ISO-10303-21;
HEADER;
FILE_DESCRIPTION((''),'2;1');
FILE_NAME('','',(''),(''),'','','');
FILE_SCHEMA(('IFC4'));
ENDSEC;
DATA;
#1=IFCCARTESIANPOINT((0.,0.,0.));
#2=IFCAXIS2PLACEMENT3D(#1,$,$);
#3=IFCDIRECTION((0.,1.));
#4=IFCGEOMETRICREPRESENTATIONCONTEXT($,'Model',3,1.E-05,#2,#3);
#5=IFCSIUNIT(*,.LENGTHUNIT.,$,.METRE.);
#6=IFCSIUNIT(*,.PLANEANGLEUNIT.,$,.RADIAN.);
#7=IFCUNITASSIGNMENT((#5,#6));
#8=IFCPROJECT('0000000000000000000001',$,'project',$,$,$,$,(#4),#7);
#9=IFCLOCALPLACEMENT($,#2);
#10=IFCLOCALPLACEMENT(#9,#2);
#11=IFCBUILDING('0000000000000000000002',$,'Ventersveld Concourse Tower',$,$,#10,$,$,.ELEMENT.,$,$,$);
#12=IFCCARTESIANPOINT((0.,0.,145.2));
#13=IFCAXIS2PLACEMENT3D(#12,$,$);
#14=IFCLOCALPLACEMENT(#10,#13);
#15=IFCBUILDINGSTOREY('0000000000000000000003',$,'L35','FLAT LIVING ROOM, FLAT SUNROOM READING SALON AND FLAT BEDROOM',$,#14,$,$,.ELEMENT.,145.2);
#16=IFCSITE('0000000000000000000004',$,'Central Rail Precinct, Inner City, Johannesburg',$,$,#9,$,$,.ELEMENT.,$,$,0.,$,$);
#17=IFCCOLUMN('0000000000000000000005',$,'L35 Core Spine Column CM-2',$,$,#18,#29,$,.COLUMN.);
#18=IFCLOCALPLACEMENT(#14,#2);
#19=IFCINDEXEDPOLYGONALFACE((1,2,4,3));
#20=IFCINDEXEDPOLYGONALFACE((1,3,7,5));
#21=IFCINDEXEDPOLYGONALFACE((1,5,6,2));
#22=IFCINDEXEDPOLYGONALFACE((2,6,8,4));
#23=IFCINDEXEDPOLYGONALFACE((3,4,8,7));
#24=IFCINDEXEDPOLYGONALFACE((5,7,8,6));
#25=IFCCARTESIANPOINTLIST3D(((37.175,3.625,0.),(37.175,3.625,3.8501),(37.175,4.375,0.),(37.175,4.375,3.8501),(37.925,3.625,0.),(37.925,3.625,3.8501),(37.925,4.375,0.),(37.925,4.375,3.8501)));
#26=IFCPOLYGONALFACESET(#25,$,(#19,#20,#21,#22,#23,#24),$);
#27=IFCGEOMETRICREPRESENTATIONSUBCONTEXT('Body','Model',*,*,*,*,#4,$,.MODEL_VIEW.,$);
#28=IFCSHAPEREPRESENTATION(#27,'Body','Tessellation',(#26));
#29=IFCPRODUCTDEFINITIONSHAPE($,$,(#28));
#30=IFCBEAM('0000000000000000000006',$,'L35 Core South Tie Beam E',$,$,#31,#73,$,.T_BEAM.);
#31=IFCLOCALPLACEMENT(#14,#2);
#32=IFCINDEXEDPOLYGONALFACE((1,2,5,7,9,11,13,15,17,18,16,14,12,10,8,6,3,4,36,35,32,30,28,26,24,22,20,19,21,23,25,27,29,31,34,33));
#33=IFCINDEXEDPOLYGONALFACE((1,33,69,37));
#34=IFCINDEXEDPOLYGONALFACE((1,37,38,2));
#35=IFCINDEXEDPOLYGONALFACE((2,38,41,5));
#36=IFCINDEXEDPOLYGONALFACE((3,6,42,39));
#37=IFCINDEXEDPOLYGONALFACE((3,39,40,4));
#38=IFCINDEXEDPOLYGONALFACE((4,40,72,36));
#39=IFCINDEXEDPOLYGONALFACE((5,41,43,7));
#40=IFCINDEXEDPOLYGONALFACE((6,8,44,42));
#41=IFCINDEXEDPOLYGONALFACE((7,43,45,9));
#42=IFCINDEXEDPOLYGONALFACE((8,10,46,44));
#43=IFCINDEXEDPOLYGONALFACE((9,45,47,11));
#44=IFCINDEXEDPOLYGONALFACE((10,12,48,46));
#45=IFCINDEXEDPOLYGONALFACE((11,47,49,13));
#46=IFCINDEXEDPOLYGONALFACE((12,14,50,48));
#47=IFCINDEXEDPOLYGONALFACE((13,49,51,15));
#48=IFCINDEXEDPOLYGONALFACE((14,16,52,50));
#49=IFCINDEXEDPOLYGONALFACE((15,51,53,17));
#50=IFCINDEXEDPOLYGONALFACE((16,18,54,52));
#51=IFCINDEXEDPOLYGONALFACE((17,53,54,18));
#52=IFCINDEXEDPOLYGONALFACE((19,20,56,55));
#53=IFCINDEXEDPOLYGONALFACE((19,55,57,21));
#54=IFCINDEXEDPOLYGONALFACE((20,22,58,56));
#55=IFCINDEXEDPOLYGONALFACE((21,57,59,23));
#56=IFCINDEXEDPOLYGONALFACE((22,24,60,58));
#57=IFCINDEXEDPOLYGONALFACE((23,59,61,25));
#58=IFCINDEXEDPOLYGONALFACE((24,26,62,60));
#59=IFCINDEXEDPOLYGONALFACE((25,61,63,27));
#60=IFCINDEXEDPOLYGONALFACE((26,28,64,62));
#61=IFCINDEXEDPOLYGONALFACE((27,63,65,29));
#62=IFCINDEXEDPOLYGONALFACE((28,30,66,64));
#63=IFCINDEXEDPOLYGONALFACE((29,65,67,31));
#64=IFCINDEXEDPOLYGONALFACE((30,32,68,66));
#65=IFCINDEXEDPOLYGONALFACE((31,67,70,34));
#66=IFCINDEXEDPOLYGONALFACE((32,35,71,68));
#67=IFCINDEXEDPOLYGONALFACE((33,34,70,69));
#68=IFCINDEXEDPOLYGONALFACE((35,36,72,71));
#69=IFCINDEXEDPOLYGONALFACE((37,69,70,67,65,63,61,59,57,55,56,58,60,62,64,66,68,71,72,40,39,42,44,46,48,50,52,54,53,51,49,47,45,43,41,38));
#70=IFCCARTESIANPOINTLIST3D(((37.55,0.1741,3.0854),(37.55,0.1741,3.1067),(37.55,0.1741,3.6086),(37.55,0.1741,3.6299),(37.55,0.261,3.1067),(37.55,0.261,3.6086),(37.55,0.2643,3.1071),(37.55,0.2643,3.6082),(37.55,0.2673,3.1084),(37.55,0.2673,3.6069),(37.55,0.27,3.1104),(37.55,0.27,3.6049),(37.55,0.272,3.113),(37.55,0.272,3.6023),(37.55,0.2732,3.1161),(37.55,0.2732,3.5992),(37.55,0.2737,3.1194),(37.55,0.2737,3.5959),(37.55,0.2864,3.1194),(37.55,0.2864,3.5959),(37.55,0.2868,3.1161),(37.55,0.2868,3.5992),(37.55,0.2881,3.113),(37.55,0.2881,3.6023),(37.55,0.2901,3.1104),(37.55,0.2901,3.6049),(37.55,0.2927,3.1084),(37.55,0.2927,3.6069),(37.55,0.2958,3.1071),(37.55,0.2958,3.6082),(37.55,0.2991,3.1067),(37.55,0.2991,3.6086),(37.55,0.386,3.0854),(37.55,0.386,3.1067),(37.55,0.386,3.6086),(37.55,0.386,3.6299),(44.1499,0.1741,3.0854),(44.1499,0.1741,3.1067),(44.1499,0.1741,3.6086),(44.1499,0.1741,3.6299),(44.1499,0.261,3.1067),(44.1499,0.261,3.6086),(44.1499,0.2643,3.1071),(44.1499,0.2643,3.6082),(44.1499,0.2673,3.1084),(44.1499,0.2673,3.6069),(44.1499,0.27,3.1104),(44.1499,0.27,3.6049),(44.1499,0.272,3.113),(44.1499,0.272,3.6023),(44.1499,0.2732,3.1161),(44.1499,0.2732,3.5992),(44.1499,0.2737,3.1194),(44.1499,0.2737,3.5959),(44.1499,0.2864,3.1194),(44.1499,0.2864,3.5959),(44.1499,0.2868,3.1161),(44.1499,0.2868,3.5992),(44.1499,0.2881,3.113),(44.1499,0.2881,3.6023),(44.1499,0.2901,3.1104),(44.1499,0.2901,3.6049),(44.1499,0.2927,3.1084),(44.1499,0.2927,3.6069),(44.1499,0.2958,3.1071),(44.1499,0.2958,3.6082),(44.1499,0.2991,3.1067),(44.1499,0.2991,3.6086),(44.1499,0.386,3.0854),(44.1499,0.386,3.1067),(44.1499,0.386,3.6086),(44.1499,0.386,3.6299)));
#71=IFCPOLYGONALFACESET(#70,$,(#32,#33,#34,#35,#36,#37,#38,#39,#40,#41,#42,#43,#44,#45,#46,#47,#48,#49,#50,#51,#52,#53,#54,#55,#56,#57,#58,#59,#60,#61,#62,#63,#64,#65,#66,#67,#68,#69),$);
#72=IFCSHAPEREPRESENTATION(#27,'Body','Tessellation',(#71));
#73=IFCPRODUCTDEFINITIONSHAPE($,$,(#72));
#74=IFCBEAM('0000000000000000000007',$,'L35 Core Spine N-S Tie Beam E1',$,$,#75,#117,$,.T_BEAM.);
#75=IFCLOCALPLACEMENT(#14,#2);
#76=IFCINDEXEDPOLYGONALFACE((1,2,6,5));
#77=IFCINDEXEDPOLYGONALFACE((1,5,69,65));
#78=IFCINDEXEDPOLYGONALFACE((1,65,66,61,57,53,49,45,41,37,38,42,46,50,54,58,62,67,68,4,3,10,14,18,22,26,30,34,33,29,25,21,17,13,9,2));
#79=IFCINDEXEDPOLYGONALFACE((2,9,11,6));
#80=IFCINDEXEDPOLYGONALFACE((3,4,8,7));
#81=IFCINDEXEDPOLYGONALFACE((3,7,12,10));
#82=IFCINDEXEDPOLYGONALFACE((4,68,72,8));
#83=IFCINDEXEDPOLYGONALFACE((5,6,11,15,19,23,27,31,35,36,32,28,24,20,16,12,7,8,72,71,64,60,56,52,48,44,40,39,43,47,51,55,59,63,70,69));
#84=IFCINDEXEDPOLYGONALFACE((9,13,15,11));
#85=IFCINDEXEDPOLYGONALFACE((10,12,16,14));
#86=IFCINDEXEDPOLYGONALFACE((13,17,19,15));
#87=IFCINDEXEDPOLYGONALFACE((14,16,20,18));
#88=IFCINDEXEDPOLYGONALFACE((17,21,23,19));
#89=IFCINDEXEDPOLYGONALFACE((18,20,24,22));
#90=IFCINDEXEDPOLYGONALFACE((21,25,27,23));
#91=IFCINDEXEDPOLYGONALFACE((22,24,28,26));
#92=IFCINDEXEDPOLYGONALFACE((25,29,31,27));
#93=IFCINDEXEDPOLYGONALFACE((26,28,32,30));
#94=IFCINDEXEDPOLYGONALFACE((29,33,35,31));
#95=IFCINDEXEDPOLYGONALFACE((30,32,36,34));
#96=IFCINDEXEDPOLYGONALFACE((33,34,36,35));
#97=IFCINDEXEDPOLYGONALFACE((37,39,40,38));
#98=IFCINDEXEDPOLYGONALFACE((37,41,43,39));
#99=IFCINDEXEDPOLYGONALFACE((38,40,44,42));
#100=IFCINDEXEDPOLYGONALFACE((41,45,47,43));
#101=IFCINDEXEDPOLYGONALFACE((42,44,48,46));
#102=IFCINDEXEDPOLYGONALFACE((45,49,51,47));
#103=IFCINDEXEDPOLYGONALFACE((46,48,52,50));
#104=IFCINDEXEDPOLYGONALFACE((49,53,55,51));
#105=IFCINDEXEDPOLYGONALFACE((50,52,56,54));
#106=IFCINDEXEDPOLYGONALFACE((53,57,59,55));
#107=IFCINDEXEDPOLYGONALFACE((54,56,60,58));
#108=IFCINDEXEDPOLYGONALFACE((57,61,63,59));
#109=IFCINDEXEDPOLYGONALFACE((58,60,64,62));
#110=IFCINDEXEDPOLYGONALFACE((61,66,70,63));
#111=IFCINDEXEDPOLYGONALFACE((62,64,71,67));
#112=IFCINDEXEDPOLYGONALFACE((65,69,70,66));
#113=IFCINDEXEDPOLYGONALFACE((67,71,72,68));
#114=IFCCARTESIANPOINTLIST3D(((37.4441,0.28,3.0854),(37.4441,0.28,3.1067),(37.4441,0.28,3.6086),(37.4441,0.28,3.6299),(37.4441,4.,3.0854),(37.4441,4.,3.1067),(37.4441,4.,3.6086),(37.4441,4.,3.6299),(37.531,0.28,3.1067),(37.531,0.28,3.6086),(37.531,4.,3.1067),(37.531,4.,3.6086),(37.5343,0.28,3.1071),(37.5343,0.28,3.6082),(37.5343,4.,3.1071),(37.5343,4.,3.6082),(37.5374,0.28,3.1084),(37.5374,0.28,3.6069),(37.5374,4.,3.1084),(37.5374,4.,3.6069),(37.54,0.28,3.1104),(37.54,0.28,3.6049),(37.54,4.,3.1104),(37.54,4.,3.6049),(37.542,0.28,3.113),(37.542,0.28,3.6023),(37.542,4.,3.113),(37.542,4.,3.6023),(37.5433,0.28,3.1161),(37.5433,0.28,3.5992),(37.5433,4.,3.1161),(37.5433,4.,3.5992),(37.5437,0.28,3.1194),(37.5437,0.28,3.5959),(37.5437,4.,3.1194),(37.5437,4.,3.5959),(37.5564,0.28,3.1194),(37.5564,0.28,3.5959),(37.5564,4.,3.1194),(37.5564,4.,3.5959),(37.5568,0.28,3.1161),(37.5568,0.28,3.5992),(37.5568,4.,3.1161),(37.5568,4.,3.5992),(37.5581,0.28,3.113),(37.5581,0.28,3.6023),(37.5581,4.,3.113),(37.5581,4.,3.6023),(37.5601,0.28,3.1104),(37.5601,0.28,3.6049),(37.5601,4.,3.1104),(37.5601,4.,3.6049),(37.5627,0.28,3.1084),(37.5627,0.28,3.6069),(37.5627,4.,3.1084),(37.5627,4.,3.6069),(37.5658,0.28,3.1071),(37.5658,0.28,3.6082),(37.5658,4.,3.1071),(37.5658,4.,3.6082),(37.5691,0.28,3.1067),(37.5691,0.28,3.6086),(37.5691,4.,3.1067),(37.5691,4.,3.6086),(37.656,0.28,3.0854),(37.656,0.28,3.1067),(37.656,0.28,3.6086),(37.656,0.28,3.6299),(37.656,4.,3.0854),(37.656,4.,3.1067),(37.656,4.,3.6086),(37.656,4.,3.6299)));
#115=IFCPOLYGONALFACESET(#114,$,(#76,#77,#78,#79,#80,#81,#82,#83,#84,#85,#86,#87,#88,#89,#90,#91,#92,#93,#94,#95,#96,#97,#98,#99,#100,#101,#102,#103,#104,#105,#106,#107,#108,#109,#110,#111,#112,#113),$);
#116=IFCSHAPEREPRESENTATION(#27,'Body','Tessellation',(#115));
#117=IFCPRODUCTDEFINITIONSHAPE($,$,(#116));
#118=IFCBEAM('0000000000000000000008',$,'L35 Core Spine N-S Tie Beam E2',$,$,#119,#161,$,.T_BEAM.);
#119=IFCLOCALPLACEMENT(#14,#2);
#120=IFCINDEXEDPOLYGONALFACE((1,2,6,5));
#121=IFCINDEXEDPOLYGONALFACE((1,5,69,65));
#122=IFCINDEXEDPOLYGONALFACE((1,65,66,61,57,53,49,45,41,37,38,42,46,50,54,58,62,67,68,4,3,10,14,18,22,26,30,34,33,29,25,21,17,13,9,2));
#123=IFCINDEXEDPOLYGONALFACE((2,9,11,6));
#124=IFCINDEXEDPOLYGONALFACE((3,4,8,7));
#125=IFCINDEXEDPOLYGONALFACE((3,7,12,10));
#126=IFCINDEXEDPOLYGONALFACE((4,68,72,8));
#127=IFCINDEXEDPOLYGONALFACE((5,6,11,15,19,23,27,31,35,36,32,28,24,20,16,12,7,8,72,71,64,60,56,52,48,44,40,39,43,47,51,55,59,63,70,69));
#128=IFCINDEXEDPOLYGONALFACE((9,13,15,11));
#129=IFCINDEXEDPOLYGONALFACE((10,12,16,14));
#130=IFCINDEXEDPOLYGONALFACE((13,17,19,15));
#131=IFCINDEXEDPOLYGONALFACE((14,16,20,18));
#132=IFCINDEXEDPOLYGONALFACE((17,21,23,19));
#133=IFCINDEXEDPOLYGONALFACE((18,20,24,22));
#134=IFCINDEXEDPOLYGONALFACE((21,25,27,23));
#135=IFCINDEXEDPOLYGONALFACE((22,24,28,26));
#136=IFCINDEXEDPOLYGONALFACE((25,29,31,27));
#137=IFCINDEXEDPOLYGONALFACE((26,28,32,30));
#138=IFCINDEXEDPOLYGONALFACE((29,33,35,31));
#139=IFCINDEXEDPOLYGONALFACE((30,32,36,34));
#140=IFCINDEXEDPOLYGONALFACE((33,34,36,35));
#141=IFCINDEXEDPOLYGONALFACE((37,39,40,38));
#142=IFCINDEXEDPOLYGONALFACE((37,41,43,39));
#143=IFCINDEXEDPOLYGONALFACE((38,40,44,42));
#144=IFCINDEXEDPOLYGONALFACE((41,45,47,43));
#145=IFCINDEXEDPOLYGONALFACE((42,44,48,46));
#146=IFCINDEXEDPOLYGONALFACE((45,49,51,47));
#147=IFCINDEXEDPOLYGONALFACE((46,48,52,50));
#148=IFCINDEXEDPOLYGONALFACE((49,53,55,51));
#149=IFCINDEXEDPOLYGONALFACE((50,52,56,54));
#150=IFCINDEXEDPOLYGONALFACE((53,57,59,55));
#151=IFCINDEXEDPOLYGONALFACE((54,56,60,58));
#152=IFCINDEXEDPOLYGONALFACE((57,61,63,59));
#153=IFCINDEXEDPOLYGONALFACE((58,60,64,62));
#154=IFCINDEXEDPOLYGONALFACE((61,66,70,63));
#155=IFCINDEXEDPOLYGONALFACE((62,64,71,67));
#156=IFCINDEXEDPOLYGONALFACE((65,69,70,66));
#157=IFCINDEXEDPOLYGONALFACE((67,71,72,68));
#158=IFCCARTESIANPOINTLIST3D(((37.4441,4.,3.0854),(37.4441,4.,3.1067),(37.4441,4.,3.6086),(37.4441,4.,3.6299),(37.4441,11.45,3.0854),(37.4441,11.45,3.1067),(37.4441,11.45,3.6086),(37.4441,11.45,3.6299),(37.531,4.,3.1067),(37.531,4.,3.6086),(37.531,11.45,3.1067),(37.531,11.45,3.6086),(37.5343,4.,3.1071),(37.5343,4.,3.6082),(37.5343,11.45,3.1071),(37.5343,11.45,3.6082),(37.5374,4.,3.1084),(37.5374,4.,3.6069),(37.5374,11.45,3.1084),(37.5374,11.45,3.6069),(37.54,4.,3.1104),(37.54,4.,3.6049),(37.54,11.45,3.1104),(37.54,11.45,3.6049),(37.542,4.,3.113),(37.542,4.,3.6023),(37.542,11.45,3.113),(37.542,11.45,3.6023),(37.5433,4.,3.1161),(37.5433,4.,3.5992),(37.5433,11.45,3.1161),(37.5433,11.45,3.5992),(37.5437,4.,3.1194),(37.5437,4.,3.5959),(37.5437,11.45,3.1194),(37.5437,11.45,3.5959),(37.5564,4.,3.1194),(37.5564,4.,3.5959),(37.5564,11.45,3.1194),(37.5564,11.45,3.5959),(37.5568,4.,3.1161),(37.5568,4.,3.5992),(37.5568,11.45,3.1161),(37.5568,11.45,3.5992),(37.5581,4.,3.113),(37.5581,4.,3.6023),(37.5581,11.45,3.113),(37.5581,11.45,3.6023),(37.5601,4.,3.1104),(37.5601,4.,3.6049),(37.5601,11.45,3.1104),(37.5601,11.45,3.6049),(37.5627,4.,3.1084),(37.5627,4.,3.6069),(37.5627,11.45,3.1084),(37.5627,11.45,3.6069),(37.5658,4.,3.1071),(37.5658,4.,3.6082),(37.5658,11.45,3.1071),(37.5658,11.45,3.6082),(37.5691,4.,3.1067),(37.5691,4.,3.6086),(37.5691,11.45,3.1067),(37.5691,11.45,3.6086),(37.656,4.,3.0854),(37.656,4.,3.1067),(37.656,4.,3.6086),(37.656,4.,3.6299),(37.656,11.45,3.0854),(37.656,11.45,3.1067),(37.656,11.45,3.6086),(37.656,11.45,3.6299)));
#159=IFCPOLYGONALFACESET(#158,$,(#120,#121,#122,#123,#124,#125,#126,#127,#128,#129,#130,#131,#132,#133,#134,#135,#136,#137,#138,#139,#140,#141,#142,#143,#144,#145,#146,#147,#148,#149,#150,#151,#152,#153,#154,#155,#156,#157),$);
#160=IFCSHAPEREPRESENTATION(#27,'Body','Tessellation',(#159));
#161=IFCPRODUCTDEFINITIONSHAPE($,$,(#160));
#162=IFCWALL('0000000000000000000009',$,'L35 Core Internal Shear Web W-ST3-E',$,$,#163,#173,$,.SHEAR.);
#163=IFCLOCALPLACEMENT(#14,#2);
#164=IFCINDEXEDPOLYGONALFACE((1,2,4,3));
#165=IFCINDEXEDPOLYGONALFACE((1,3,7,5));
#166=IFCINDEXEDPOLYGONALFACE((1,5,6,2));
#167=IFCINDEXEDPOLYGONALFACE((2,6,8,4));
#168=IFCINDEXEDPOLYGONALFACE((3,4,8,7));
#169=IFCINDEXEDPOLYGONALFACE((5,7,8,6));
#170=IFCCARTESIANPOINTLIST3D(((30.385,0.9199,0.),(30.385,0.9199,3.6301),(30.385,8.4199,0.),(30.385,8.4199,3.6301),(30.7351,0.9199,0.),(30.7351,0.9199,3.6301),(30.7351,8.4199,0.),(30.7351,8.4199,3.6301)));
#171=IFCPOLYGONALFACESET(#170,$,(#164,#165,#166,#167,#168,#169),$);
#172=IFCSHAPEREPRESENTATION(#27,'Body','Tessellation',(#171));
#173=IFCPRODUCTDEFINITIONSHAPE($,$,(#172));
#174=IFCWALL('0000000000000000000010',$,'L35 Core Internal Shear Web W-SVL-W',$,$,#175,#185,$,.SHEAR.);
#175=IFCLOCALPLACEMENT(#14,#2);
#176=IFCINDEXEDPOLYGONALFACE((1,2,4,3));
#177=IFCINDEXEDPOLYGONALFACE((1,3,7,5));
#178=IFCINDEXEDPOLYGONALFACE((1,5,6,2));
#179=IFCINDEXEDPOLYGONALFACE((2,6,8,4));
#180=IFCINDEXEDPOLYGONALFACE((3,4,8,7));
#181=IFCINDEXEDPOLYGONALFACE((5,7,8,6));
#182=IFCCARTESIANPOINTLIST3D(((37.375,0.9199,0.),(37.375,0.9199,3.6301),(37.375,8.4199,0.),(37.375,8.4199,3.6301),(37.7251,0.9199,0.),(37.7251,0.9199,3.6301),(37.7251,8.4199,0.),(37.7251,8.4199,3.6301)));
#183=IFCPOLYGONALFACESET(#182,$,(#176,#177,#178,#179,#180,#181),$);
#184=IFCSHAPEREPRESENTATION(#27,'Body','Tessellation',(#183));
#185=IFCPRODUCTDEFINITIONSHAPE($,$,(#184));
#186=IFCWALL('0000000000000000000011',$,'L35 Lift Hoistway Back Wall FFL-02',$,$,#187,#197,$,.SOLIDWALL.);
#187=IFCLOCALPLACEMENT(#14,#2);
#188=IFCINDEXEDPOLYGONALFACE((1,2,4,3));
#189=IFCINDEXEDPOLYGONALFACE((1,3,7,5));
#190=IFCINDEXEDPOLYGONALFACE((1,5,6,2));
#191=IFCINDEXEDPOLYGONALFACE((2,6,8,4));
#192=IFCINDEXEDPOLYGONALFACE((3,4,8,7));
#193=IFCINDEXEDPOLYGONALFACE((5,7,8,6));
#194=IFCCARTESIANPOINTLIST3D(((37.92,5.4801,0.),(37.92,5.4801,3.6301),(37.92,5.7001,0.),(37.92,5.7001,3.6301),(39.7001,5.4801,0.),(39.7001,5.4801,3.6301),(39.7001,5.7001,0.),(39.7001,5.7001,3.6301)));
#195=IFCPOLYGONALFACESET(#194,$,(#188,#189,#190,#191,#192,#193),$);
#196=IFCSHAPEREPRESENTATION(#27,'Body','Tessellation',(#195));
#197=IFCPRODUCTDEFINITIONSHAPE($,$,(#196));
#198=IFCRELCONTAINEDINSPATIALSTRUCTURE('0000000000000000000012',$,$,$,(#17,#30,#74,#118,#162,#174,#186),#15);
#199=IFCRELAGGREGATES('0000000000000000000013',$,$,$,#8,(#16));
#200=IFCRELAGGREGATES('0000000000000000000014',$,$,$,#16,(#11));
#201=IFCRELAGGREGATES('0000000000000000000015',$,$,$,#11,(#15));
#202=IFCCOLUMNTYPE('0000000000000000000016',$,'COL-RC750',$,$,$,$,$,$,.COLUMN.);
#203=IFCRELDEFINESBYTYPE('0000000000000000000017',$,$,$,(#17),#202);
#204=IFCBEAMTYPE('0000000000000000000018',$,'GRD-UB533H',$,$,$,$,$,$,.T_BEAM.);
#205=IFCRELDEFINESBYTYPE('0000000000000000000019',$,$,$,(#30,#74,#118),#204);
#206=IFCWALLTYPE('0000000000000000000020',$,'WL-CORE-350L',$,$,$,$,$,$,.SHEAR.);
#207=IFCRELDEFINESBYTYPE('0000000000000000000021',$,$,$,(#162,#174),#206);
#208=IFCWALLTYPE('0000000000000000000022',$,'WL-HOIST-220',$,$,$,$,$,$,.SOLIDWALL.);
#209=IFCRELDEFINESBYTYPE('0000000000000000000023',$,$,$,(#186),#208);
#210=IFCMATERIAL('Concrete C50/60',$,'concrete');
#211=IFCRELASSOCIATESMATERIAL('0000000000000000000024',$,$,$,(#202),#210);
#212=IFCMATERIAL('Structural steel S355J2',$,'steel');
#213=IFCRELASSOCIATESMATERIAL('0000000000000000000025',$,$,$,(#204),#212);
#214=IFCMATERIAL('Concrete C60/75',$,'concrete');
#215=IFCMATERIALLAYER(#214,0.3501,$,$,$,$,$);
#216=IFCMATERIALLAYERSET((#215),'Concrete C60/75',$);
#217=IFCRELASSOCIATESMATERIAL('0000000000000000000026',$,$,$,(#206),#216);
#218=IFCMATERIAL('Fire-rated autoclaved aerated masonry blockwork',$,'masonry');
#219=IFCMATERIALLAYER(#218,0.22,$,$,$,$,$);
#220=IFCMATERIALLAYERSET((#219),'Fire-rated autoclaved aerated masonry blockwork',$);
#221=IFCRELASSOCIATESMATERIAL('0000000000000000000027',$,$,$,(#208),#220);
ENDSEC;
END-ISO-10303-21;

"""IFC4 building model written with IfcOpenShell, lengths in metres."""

from ifc_helpers import new_model, si_unit, direction, frame, frame_2d, origin, origin_2d, place, context, subcontext, project, spatial, rectangle, i_section, extrude, material, layer, layer_set, material_profile, profile_set, type_object, element, save


model = new_model("IFC4")

# Units and contexts
model_context = context("Model", 3, precision=1e-05, world=origin(), true_north=direction((0.0, 1.0)))
body_context = subcontext(model_context, "Body", "Model", "MODEL_VIEW")
ifc_project = project(units=[si_unit("LENGTHUNIT", "METRE"), si_unit("PLANEANGLEUNIT", "RADIAN")], contexts=[model_context])

# Site, building, storey
site_placement = place(None, origin())
site = spatial("IfcSite", under=ifc_project, at=site_placement, Name="Central Rail Precinct, Inner City, Johannesburg", CompositionType="ELEMENT", RefElevation=0.0)
building_placement = place(site_placement, origin())
building = spatial("IfcBuilding", under=site, at=building_placement, Name="Ventersveld Concourse Tower", CompositionType="ELEMENT")
storey_placement = place(building_placement, frame((0.0, 0.0, 145.2)))
storey = spatial("IfcBuildingStorey", under=building, at=storey_placement, Name="L35", Description="FLAT LIVING ROOM, FLAT SUNROOM READING SALON AND FLAT BEDROOM", CompositionType="ELEMENT", Elevation=145.2)

# Column
ifc_material_1 = material(Name="Concrete C50/60", Category="concrete")
ifc_material_profile_1 = material_profile(ifc_material_1, rectangle(XDim=0.75, YDim=0.75, at=origin_2d()), Name="RC 750x750")
ifc_profile_set_1 = profile_set([ifc_material_profile_1], Name="Concrete C50/60")
column_type = type_object("IfcColumnType", Name="COL-RC750", PredefinedType="COLUMN", material=ifc_profile_set_1)
column_placement = place(storey_placement, frame((37.55, 4.0, 0.0), z_axis=(0.0, 0.0, 1.0), x_axis=(1.0, 0.0, 0.0)))
element("IfcColumn", 1, at=column_placement, inside=storey, type_object=column_type, Name="L35 Core Spine Column CM-2", PredefinedType="COLUMN", context=body_context, shape_type="SweptSolid", body=[
    extrude(rectangle(XDim=0.75, YDim=0.75, at=origin_2d()), origin(), (0.0, 0.0, 1.0), 3.8501),
])

# Beams
ifc_material_2 = material(Name="Structural steel S355J2", Category="steel")
ifc_material_profile_2 = material_profile(ifc_material_2, i_section(OverallWidth=0.2119, OverallDepth=0.5444, WebThickness=0.0127, FlangeThickness=0.0212, FilletRadius=0.0127, at=origin_2d()), Name="UB 533x210x122")
ifc_profile_set_2 = profile_set([ifc_material_profile_2], Name="Structural steel S355J2")
beam_type = type_object("IfcBeamType", Name="GRD-UB533H", PredefinedType="T_BEAM", material=ifc_profile_set_2)
beam_1_placement = place(storey_placement, frame((37.55, 0.28, 3.3577), z_axis=(1.0, 0.0, 0.0), x_axis=(0.0, 1.0, 0.0)))
element("IfcBeam", 2, at=beam_1_placement, inside=storey, type_object=beam_type, Name="L35 Core South Tie Beam E", PredefinedType="T_BEAM", context=body_context, shape_type="SweptSolid", body=[
    extrude(i_section(OverallWidth=0.2119, OverallDepth=0.5444, WebThickness=0.0127, FlangeThickness=0.0212, FilletRadius=0.0127, at=origin_2d()), origin(), (0.0, 0.0, 1.0), 6.5999),
])
beam_2_placement = place(storey_placement, frame((37.55, 0.28, 3.3577), z_axis=(0.0, 1.0, 0.0), x_axis=(-1.0, 0.0, 0.0)))
element("IfcBeam", 3, at=beam_2_placement, inside=storey, type_object=beam_type, Name="L35 Core Spine N-S Tie Beam E1", PredefinedType="T_BEAM", context=body_context, shape_type="SweptSolid", body=[
    extrude(i_section(OverallWidth=0.2119, OverallDepth=0.5444, WebThickness=0.0127, FlangeThickness=0.0212, FilletRadius=0.0127, at=origin_2d()), origin(), (0.0, 0.0, 1.0), 3.72),
])
beam_3_placement = place(storey_placement, frame((37.55, 4.0, 3.3577), z_axis=(0.0, 1.0, 0.0), x_axis=(-1.0, 0.0, 0.0)))
element("IfcBeam", 4, at=beam_3_placement, inside=storey, type_object=beam_type, Name="L35 Core Spine N-S Tie Beam E2", PredefinedType="T_BEAM", context=body_context, shape_type="SweptSolid", body=[
    extrude(i_section(OverallWidth=0.2119, OverallDepth=0.5444, WebThickness=0.0127, FlangeThickness=0.0212, FilletRadius=0.0127, at=origin_2d()), origin(), (0.0, 0.0, 1.0), 7.45),
])

# Walls
ifc_material_3 = material(Name="Concrete C60/75", Category="concrete")
ifc_layer_1 = layer(ifc_material_3, 0.3501)
ifc_layer_set_1 = layer_set([ifc_layer_1], Name="Concrete C60/75")
wall_type_1 = type_object("IfcWallType", Name="WL-CORE-350L", PredefinedType="SHEAR", material=ifc_layer_set_1)
for number, where, z_axis, x_axis, name in (
    (5, (30.5601, 0.9199, 0.0), (0.0, 0.0, 1.0), (0.0, 1.0, 0.0), "L35 Core Internal Shear Web W-ST3-E"),
    (6, (37.55, 0.9199, 0.0), (0.0, 0.0, 1.0), (0.0, 1.0, 0.0), "L35 Core Internal Shear Web W-SVL-W"),
):
    element("IfcWall", number, at=place(storey_placement, frame(where, z_axis=z_axis, x_axis=x_axis)), inside=storey, type_object=wall_type_1, Name=name, PredefinedType="SHEAR", context=body_context, shape_type="SweptSolid", body=[
        extrude(rectangle(XDim=7.5, YDim=0.3501, at=frame_2d((3.75, 0.0))), origin(), (0.0, 0.0, 1.0), 3.6301),
    ])
ifc_material_4 = material(Name="Fire-rated autoclaved aerated masonry blockwork", Category="masonry")
ifc_layer_2 = layer(ifc_material_4, 0.22)
ifc_layer_set_2 = layer_set([ifc_layer_2], Name="Fire-rated autoclaved aerated masonry blockwork")
wall_type_2 = type_object("IfcWallType", Name="WL-HOIST-220", PredefinedType="SOLIDWALL", material=ifc_layer_set_2)
wall_1_placement = place(storey_placement, frame((37.9199, 5.5901, 0.0), z_axis=(0.0, 0.0, 1.0), x_axis=(1.0, 0.0, 0.0)))
element("IfcWall", 7, at=wall_1_placement, inside=storey, type_object=wall_type_2, Name="L35 Lift Hoistway Back Wall FFL-02", PredefinedType="SOLIDWALL", context=body_context, shape_type="SweptSolid", body=[
    extrude(rectangle(XDim=1.78, YDim=0.22, at=frame_2d((0.8901, 0.0))), origin(), (0.0, 0.0, 1.0), 3.6301),
])

save(model, "model.ifc")
